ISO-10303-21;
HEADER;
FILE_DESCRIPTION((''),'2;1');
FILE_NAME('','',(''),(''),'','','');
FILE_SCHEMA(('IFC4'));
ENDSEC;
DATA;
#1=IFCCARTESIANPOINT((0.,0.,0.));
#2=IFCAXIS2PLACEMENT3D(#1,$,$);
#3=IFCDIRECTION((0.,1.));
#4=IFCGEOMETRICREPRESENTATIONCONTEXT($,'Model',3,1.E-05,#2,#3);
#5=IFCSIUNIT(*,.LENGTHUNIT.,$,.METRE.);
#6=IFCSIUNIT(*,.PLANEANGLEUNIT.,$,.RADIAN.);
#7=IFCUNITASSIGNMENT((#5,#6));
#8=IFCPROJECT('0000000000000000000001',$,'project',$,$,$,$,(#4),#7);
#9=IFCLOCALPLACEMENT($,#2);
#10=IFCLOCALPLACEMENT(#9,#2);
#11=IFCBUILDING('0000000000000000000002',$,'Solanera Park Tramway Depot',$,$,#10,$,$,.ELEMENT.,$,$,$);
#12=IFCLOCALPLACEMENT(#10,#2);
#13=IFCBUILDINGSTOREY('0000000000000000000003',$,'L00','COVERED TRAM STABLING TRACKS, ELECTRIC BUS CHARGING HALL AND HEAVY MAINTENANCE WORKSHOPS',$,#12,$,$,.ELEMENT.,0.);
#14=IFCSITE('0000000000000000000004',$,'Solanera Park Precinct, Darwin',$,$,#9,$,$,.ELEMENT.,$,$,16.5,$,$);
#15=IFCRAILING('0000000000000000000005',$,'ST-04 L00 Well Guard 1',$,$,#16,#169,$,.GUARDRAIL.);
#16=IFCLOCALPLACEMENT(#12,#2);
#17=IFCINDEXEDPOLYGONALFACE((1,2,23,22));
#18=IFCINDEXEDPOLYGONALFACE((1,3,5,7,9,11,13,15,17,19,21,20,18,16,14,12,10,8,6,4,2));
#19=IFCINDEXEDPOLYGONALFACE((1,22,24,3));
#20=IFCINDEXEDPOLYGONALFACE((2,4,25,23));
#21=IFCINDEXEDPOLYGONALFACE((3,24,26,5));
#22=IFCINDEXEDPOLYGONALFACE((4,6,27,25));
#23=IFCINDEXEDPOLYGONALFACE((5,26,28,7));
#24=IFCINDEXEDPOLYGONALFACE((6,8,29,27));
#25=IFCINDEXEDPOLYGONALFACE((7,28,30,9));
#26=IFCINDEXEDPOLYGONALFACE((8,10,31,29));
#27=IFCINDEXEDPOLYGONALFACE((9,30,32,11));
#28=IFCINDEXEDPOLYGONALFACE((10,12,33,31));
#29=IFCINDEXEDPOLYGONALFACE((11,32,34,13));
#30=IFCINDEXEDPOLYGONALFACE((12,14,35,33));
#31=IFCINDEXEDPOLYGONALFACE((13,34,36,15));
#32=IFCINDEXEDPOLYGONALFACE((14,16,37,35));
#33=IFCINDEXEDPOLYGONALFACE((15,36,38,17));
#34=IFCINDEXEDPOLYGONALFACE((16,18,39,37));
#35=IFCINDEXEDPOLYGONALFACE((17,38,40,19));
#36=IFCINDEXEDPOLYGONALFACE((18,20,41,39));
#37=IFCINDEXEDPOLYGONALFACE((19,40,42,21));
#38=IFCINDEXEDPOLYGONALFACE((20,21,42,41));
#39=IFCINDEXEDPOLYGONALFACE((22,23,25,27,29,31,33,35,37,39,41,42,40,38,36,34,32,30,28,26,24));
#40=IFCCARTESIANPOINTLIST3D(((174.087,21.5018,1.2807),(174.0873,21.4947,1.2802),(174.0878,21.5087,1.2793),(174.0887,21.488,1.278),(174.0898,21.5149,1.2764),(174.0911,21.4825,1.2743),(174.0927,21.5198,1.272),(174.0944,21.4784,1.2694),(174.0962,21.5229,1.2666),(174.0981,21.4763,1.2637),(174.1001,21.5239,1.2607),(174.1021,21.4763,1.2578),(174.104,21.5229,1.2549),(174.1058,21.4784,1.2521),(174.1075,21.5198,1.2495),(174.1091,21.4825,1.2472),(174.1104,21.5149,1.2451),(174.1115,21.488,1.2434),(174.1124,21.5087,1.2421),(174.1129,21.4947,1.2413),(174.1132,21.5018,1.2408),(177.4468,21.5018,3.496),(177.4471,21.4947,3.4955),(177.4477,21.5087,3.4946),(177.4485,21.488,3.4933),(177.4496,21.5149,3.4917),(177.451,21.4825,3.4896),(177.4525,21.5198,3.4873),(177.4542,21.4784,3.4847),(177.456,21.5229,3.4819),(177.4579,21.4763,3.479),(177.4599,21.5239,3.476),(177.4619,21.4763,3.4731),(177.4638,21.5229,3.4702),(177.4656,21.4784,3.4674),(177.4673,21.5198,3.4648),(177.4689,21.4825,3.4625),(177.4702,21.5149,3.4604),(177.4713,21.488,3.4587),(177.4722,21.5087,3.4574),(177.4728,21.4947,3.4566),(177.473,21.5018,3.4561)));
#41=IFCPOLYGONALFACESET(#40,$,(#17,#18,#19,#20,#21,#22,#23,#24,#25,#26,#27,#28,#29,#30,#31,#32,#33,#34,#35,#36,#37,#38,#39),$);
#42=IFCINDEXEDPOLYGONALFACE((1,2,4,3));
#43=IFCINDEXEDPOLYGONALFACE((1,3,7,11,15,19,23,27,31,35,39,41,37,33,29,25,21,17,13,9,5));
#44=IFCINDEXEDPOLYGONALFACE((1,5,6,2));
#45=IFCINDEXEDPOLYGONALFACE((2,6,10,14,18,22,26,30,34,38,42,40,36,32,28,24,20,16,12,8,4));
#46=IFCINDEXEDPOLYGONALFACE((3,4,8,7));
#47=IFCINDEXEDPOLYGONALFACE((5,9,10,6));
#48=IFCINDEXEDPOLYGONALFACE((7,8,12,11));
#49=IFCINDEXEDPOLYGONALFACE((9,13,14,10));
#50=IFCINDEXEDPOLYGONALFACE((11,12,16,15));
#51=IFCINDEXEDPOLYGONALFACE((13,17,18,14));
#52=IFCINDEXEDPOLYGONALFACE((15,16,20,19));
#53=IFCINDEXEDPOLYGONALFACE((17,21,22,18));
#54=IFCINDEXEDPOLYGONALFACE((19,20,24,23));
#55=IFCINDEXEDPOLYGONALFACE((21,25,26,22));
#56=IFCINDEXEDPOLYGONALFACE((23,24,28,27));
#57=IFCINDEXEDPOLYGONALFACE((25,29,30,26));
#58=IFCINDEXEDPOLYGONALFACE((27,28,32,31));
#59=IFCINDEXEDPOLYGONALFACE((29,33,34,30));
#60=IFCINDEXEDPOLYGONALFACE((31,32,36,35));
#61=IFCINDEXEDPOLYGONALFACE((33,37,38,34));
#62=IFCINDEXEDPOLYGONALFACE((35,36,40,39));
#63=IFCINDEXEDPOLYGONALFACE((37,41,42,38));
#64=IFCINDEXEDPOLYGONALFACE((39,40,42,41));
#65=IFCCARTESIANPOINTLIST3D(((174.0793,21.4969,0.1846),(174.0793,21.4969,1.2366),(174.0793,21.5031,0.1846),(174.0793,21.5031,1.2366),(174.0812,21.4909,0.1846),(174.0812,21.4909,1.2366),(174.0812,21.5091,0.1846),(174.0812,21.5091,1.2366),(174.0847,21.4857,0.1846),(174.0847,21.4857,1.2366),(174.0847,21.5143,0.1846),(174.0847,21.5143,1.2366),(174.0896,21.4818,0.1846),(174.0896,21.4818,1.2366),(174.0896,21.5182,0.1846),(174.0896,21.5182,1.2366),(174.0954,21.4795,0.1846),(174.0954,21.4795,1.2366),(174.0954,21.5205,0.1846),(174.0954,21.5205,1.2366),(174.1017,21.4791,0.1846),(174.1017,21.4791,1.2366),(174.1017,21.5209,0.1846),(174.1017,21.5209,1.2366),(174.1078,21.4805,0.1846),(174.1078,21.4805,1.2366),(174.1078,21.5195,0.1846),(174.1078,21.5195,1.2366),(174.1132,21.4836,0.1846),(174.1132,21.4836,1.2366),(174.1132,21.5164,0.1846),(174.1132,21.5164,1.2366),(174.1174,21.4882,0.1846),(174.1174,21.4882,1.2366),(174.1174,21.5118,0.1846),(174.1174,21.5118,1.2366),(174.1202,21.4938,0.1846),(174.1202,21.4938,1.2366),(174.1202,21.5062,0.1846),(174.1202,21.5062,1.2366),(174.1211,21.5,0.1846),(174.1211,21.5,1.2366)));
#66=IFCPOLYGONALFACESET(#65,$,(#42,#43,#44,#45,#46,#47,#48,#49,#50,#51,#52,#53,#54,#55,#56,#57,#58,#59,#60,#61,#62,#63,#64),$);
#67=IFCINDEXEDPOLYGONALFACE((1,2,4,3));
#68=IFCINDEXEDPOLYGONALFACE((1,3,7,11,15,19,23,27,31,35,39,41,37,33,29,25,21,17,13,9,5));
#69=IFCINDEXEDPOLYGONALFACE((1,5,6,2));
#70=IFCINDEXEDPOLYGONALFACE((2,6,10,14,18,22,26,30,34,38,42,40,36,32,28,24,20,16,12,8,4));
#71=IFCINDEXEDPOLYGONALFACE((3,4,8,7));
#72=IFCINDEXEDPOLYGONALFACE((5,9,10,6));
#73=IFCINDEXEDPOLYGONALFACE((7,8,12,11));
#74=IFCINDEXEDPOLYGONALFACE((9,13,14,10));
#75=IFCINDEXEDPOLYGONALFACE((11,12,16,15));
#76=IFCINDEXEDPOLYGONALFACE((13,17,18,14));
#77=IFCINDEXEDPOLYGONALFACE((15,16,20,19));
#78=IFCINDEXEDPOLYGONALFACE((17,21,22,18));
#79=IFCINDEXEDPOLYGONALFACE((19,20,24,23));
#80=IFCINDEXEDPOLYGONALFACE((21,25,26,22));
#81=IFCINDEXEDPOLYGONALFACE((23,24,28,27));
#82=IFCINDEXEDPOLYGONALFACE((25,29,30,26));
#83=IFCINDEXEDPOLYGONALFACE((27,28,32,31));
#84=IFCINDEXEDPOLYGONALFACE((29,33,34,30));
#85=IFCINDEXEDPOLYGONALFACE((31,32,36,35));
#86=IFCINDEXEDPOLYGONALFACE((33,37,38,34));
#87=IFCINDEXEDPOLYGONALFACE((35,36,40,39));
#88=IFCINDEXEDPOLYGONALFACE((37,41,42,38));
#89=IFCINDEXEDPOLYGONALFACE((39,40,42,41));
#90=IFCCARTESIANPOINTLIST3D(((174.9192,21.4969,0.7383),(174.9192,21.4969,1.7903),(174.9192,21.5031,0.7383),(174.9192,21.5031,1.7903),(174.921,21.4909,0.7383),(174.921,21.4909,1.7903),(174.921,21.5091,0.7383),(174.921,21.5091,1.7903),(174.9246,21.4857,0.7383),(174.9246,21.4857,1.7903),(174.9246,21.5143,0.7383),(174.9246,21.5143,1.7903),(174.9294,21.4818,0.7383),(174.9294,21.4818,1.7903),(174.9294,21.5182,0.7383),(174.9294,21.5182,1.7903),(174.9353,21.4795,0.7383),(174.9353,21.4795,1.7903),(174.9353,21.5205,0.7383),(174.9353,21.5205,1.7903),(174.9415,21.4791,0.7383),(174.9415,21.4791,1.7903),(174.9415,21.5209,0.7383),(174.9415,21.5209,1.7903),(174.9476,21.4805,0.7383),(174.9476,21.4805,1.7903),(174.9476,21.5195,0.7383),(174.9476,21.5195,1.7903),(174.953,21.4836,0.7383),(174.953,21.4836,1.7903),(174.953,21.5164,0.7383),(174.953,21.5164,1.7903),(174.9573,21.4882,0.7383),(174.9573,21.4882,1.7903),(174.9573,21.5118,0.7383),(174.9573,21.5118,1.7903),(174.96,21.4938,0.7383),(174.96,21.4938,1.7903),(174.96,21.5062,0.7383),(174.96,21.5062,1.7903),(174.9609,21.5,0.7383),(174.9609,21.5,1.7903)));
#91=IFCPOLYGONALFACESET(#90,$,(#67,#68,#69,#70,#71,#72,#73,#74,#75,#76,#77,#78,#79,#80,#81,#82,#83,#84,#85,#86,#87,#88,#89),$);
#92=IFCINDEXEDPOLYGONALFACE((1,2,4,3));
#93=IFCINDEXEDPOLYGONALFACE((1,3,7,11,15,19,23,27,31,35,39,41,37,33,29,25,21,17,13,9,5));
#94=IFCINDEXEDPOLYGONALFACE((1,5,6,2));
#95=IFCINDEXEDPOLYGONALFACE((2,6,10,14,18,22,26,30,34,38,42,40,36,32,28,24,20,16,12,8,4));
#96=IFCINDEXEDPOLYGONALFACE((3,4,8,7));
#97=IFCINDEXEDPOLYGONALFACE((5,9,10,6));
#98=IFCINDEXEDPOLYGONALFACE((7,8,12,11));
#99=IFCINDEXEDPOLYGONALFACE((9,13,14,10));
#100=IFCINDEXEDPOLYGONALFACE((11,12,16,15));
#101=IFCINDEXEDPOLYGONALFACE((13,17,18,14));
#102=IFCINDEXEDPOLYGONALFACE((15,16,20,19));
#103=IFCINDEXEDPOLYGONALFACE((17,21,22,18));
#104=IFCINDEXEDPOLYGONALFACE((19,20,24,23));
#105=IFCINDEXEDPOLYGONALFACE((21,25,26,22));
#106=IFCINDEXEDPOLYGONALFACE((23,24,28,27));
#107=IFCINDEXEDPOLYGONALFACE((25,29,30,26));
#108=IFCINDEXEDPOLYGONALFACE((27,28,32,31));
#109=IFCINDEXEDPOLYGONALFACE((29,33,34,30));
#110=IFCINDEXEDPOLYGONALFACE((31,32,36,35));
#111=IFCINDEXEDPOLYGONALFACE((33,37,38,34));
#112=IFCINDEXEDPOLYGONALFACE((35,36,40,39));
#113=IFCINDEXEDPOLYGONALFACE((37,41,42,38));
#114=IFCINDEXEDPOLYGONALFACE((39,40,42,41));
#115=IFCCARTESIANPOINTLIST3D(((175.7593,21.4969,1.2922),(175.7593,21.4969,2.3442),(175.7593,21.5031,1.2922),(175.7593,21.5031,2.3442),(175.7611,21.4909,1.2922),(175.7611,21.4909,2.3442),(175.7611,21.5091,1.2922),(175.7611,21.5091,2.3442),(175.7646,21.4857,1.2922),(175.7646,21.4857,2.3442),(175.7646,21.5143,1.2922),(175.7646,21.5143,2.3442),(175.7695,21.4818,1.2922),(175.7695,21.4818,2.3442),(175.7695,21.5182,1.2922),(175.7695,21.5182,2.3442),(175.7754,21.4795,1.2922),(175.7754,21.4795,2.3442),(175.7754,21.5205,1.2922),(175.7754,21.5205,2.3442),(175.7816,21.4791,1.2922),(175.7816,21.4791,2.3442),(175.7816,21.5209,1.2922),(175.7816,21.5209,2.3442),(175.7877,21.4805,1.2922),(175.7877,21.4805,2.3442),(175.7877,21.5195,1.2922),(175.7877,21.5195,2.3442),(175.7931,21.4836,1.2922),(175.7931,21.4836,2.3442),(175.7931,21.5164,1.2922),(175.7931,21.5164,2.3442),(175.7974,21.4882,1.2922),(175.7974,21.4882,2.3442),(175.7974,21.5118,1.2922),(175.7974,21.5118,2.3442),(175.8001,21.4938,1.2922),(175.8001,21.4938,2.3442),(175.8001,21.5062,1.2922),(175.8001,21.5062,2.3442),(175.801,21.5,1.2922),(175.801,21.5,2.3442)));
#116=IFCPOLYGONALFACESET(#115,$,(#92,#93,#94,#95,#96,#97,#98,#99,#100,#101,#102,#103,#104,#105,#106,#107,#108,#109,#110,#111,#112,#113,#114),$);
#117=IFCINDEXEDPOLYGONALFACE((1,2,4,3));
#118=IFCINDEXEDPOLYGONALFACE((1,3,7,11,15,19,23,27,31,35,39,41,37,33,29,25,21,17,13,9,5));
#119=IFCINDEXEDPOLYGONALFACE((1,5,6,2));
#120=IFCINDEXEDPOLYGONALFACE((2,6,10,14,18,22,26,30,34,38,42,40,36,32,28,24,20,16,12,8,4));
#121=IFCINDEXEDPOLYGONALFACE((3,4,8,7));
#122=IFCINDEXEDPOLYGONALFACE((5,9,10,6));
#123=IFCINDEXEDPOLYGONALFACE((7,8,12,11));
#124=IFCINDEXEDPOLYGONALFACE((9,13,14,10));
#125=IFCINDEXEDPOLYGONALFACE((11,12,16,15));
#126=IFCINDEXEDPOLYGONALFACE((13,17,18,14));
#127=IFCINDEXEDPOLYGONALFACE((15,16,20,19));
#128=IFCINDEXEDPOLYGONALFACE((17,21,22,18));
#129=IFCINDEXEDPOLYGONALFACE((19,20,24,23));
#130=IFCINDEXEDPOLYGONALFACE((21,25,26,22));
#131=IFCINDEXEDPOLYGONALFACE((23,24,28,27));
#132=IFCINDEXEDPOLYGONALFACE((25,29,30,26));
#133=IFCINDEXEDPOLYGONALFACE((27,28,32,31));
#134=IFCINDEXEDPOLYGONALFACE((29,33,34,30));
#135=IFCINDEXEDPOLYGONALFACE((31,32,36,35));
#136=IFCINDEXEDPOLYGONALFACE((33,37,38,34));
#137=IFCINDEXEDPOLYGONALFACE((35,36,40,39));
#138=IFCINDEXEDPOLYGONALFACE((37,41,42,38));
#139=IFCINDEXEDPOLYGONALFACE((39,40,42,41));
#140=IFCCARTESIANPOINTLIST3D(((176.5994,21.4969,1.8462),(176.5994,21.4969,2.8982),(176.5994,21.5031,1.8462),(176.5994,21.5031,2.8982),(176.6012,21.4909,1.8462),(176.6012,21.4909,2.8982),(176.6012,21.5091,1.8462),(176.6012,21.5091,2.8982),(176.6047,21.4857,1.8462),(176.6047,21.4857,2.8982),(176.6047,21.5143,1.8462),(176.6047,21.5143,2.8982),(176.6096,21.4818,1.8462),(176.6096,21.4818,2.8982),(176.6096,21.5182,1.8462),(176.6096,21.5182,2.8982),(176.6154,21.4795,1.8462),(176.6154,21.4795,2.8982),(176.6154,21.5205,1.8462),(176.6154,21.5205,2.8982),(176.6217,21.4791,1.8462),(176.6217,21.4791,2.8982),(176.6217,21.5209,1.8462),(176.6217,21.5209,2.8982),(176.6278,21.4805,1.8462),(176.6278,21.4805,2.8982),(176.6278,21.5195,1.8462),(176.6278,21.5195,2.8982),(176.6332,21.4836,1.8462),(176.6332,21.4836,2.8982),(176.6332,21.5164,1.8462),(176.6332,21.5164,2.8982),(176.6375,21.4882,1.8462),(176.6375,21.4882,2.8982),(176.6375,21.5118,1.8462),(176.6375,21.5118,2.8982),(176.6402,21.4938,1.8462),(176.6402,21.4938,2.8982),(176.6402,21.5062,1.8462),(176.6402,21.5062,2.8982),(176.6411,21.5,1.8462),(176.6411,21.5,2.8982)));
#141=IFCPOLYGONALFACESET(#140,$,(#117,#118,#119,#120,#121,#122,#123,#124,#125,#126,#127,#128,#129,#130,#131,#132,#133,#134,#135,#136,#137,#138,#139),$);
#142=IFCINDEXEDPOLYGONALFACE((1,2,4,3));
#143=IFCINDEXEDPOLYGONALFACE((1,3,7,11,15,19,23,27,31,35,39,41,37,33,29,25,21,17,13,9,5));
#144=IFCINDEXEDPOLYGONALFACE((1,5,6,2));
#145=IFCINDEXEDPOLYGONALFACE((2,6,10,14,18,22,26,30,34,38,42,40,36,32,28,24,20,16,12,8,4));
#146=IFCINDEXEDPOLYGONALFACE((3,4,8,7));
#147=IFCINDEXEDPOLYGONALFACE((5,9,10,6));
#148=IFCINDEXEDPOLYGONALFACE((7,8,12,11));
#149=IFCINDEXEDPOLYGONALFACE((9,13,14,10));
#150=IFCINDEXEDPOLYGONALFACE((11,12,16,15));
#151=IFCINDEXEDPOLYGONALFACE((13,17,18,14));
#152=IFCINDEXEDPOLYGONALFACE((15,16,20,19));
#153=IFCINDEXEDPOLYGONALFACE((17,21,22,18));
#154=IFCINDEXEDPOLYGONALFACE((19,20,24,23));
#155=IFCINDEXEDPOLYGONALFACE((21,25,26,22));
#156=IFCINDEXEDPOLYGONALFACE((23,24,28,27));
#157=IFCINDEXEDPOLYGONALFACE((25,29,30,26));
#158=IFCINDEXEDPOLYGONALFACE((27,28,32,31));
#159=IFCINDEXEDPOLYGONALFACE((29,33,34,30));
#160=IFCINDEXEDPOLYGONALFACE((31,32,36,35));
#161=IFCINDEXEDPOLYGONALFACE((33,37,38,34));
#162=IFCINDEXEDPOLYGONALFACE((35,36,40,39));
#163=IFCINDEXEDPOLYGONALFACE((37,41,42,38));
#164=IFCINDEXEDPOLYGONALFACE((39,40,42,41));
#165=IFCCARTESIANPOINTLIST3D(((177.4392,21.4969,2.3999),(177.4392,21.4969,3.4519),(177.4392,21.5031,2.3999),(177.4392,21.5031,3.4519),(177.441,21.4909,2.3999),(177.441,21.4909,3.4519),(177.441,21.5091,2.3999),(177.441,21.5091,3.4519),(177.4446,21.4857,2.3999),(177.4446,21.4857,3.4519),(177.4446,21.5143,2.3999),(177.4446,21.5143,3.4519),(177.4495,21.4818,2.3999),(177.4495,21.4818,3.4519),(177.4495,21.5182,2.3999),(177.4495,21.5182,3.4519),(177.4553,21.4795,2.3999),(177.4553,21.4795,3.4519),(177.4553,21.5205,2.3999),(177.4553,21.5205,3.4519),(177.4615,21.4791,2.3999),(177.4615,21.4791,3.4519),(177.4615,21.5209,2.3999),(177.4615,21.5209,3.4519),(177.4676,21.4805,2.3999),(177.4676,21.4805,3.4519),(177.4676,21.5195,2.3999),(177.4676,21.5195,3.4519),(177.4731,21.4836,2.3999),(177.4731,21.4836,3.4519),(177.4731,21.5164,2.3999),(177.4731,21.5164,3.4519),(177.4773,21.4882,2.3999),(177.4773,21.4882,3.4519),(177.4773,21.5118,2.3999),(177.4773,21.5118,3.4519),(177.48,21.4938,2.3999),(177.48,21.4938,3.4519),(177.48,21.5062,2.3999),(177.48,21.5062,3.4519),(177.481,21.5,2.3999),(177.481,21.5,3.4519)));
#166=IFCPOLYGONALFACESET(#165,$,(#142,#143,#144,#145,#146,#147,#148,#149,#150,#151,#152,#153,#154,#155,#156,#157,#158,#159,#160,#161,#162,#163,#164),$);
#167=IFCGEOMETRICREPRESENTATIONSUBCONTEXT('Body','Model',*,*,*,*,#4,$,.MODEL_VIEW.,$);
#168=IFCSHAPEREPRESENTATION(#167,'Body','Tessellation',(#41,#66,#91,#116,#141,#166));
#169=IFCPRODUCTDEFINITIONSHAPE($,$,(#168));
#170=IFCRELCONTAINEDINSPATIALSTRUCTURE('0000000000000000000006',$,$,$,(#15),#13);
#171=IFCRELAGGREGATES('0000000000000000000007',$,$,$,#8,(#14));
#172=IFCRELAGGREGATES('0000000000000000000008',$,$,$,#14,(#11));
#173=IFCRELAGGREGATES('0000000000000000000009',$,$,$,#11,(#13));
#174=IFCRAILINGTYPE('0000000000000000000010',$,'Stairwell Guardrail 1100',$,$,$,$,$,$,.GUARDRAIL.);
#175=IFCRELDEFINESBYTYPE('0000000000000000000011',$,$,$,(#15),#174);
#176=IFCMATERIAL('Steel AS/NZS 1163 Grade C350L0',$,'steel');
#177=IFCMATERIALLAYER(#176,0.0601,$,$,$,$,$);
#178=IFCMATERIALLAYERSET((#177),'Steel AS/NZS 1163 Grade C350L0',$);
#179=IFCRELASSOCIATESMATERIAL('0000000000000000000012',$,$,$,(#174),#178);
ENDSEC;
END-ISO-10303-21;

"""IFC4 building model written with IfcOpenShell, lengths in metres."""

from ifc_helpers import new_model, si_unit, direction, frame, origin, origin_2d, place, context, subcontext, project, spatial, circle, extrude, material, layer, layer_set, type_object, element, save


model = new_model("IFC4")

# Units and contexts
model_context = context("Model", 3, precision=1e-05, world=origin(), true_north=direction((0.0, 1.0)))
body_context = subcontext(model_context, "Body", "Model", "MODEL_VIEW")
ifc_project = project(units=[si_unit("LENGTHUNIT", "METRE"), si_unit("PLANEANGLEUNIT", "RADIAN")], contexts=[model_context])

# Site, building, storey
site_placement = place(None, origin())
site = spatial("IfcSite", under=ifc_project, at=site_placement, Name="Solanera Park Precinct, Darwin", CompositionType="ELEMENT", RefElevation=16.5)
building_placement = place(site_placement, origin())
building = spatial("IfcBuilding", under=site, at=building_placement, Name="Solanera Park Tramway Depot", CompositionType="ELEMENT")
storey_placement = place(building_placement, origin())
storey = spatial("IfcBuildingStorey", under=building, at=storey_placement, Name="L00", Description="COVERED TRAM STABLING TRACKS, ELECTRIC BUS CHARGING HALL AND HEAVY MAINTENANCE WORKSHOPS", CompositionType="ELEMENT", Elevation=0.0)

# Railing
ifc_material_1 = material(Name="Steel AS/NZS 1163 Grade C350L0", Category="steel")
ifc_layer_1 = layer(ifc_material_1, 0.0601)
ifc_layer_set_1 = layer_set([ifc_layer_1], Name="Steel AS/NZS 1163 Grade C350L0")
railing_type_1 = type_object("IfcRailingType", Name="Stairwell Guardrail 1100", PredefinedType="GUARDRAIL", material=ifc_layer_set_1)
railing_1_placement = place(storey_placement, frame((174.1001, 21.5, 0.1846)))
element("IfcRailing", 1, at=railing_1_placement, inside=storey, type_object=railing_type_1, Name="ST-04 L00 Well Guard 1", PredefinedType="GUARDRAIL", context=body_context, shape_type="SweptSolid", body=[
    extrude(circle(Radius=0.0239, at=origin_2d()), frame((0.0, 0.0, 1.0762), z_axis=(0.834858, 0.0, 0.550465), x_axis=(0.0, 1.0, 0.0)), (0.0, 0.0, 1.0), 4.0244),
    extrude(circle(Radius=0.021, at=origin_2d()), origin(), (0.0, 0.0, 1.0), 1.052),
    extrude(circle(Radius=0.021, at=origin_2d()), frame((0.8398, 0.0, 0.5537)), (0.0, 0.0, 1.0), 1.052),
    extrude(circle(Radius=0.021, at=origin_2d()), frame((1.6799, 0.0, 1.1077)), (0.0, 0.0, 1.0), 1.052),
    extrude(circle(Radius=0.021, at=origin_2d()), frame((2.52, 0.0, 1.6616)), (0.0, 0.0, 1.0), 1.052),
    extrude(circle(Radius=0.021, at=origin_2d()), frame((3.3599, 0.0, 2.2153)), (0.0, 0.0, 1.0), 1.052),
])

save(model, "model.ifc")
